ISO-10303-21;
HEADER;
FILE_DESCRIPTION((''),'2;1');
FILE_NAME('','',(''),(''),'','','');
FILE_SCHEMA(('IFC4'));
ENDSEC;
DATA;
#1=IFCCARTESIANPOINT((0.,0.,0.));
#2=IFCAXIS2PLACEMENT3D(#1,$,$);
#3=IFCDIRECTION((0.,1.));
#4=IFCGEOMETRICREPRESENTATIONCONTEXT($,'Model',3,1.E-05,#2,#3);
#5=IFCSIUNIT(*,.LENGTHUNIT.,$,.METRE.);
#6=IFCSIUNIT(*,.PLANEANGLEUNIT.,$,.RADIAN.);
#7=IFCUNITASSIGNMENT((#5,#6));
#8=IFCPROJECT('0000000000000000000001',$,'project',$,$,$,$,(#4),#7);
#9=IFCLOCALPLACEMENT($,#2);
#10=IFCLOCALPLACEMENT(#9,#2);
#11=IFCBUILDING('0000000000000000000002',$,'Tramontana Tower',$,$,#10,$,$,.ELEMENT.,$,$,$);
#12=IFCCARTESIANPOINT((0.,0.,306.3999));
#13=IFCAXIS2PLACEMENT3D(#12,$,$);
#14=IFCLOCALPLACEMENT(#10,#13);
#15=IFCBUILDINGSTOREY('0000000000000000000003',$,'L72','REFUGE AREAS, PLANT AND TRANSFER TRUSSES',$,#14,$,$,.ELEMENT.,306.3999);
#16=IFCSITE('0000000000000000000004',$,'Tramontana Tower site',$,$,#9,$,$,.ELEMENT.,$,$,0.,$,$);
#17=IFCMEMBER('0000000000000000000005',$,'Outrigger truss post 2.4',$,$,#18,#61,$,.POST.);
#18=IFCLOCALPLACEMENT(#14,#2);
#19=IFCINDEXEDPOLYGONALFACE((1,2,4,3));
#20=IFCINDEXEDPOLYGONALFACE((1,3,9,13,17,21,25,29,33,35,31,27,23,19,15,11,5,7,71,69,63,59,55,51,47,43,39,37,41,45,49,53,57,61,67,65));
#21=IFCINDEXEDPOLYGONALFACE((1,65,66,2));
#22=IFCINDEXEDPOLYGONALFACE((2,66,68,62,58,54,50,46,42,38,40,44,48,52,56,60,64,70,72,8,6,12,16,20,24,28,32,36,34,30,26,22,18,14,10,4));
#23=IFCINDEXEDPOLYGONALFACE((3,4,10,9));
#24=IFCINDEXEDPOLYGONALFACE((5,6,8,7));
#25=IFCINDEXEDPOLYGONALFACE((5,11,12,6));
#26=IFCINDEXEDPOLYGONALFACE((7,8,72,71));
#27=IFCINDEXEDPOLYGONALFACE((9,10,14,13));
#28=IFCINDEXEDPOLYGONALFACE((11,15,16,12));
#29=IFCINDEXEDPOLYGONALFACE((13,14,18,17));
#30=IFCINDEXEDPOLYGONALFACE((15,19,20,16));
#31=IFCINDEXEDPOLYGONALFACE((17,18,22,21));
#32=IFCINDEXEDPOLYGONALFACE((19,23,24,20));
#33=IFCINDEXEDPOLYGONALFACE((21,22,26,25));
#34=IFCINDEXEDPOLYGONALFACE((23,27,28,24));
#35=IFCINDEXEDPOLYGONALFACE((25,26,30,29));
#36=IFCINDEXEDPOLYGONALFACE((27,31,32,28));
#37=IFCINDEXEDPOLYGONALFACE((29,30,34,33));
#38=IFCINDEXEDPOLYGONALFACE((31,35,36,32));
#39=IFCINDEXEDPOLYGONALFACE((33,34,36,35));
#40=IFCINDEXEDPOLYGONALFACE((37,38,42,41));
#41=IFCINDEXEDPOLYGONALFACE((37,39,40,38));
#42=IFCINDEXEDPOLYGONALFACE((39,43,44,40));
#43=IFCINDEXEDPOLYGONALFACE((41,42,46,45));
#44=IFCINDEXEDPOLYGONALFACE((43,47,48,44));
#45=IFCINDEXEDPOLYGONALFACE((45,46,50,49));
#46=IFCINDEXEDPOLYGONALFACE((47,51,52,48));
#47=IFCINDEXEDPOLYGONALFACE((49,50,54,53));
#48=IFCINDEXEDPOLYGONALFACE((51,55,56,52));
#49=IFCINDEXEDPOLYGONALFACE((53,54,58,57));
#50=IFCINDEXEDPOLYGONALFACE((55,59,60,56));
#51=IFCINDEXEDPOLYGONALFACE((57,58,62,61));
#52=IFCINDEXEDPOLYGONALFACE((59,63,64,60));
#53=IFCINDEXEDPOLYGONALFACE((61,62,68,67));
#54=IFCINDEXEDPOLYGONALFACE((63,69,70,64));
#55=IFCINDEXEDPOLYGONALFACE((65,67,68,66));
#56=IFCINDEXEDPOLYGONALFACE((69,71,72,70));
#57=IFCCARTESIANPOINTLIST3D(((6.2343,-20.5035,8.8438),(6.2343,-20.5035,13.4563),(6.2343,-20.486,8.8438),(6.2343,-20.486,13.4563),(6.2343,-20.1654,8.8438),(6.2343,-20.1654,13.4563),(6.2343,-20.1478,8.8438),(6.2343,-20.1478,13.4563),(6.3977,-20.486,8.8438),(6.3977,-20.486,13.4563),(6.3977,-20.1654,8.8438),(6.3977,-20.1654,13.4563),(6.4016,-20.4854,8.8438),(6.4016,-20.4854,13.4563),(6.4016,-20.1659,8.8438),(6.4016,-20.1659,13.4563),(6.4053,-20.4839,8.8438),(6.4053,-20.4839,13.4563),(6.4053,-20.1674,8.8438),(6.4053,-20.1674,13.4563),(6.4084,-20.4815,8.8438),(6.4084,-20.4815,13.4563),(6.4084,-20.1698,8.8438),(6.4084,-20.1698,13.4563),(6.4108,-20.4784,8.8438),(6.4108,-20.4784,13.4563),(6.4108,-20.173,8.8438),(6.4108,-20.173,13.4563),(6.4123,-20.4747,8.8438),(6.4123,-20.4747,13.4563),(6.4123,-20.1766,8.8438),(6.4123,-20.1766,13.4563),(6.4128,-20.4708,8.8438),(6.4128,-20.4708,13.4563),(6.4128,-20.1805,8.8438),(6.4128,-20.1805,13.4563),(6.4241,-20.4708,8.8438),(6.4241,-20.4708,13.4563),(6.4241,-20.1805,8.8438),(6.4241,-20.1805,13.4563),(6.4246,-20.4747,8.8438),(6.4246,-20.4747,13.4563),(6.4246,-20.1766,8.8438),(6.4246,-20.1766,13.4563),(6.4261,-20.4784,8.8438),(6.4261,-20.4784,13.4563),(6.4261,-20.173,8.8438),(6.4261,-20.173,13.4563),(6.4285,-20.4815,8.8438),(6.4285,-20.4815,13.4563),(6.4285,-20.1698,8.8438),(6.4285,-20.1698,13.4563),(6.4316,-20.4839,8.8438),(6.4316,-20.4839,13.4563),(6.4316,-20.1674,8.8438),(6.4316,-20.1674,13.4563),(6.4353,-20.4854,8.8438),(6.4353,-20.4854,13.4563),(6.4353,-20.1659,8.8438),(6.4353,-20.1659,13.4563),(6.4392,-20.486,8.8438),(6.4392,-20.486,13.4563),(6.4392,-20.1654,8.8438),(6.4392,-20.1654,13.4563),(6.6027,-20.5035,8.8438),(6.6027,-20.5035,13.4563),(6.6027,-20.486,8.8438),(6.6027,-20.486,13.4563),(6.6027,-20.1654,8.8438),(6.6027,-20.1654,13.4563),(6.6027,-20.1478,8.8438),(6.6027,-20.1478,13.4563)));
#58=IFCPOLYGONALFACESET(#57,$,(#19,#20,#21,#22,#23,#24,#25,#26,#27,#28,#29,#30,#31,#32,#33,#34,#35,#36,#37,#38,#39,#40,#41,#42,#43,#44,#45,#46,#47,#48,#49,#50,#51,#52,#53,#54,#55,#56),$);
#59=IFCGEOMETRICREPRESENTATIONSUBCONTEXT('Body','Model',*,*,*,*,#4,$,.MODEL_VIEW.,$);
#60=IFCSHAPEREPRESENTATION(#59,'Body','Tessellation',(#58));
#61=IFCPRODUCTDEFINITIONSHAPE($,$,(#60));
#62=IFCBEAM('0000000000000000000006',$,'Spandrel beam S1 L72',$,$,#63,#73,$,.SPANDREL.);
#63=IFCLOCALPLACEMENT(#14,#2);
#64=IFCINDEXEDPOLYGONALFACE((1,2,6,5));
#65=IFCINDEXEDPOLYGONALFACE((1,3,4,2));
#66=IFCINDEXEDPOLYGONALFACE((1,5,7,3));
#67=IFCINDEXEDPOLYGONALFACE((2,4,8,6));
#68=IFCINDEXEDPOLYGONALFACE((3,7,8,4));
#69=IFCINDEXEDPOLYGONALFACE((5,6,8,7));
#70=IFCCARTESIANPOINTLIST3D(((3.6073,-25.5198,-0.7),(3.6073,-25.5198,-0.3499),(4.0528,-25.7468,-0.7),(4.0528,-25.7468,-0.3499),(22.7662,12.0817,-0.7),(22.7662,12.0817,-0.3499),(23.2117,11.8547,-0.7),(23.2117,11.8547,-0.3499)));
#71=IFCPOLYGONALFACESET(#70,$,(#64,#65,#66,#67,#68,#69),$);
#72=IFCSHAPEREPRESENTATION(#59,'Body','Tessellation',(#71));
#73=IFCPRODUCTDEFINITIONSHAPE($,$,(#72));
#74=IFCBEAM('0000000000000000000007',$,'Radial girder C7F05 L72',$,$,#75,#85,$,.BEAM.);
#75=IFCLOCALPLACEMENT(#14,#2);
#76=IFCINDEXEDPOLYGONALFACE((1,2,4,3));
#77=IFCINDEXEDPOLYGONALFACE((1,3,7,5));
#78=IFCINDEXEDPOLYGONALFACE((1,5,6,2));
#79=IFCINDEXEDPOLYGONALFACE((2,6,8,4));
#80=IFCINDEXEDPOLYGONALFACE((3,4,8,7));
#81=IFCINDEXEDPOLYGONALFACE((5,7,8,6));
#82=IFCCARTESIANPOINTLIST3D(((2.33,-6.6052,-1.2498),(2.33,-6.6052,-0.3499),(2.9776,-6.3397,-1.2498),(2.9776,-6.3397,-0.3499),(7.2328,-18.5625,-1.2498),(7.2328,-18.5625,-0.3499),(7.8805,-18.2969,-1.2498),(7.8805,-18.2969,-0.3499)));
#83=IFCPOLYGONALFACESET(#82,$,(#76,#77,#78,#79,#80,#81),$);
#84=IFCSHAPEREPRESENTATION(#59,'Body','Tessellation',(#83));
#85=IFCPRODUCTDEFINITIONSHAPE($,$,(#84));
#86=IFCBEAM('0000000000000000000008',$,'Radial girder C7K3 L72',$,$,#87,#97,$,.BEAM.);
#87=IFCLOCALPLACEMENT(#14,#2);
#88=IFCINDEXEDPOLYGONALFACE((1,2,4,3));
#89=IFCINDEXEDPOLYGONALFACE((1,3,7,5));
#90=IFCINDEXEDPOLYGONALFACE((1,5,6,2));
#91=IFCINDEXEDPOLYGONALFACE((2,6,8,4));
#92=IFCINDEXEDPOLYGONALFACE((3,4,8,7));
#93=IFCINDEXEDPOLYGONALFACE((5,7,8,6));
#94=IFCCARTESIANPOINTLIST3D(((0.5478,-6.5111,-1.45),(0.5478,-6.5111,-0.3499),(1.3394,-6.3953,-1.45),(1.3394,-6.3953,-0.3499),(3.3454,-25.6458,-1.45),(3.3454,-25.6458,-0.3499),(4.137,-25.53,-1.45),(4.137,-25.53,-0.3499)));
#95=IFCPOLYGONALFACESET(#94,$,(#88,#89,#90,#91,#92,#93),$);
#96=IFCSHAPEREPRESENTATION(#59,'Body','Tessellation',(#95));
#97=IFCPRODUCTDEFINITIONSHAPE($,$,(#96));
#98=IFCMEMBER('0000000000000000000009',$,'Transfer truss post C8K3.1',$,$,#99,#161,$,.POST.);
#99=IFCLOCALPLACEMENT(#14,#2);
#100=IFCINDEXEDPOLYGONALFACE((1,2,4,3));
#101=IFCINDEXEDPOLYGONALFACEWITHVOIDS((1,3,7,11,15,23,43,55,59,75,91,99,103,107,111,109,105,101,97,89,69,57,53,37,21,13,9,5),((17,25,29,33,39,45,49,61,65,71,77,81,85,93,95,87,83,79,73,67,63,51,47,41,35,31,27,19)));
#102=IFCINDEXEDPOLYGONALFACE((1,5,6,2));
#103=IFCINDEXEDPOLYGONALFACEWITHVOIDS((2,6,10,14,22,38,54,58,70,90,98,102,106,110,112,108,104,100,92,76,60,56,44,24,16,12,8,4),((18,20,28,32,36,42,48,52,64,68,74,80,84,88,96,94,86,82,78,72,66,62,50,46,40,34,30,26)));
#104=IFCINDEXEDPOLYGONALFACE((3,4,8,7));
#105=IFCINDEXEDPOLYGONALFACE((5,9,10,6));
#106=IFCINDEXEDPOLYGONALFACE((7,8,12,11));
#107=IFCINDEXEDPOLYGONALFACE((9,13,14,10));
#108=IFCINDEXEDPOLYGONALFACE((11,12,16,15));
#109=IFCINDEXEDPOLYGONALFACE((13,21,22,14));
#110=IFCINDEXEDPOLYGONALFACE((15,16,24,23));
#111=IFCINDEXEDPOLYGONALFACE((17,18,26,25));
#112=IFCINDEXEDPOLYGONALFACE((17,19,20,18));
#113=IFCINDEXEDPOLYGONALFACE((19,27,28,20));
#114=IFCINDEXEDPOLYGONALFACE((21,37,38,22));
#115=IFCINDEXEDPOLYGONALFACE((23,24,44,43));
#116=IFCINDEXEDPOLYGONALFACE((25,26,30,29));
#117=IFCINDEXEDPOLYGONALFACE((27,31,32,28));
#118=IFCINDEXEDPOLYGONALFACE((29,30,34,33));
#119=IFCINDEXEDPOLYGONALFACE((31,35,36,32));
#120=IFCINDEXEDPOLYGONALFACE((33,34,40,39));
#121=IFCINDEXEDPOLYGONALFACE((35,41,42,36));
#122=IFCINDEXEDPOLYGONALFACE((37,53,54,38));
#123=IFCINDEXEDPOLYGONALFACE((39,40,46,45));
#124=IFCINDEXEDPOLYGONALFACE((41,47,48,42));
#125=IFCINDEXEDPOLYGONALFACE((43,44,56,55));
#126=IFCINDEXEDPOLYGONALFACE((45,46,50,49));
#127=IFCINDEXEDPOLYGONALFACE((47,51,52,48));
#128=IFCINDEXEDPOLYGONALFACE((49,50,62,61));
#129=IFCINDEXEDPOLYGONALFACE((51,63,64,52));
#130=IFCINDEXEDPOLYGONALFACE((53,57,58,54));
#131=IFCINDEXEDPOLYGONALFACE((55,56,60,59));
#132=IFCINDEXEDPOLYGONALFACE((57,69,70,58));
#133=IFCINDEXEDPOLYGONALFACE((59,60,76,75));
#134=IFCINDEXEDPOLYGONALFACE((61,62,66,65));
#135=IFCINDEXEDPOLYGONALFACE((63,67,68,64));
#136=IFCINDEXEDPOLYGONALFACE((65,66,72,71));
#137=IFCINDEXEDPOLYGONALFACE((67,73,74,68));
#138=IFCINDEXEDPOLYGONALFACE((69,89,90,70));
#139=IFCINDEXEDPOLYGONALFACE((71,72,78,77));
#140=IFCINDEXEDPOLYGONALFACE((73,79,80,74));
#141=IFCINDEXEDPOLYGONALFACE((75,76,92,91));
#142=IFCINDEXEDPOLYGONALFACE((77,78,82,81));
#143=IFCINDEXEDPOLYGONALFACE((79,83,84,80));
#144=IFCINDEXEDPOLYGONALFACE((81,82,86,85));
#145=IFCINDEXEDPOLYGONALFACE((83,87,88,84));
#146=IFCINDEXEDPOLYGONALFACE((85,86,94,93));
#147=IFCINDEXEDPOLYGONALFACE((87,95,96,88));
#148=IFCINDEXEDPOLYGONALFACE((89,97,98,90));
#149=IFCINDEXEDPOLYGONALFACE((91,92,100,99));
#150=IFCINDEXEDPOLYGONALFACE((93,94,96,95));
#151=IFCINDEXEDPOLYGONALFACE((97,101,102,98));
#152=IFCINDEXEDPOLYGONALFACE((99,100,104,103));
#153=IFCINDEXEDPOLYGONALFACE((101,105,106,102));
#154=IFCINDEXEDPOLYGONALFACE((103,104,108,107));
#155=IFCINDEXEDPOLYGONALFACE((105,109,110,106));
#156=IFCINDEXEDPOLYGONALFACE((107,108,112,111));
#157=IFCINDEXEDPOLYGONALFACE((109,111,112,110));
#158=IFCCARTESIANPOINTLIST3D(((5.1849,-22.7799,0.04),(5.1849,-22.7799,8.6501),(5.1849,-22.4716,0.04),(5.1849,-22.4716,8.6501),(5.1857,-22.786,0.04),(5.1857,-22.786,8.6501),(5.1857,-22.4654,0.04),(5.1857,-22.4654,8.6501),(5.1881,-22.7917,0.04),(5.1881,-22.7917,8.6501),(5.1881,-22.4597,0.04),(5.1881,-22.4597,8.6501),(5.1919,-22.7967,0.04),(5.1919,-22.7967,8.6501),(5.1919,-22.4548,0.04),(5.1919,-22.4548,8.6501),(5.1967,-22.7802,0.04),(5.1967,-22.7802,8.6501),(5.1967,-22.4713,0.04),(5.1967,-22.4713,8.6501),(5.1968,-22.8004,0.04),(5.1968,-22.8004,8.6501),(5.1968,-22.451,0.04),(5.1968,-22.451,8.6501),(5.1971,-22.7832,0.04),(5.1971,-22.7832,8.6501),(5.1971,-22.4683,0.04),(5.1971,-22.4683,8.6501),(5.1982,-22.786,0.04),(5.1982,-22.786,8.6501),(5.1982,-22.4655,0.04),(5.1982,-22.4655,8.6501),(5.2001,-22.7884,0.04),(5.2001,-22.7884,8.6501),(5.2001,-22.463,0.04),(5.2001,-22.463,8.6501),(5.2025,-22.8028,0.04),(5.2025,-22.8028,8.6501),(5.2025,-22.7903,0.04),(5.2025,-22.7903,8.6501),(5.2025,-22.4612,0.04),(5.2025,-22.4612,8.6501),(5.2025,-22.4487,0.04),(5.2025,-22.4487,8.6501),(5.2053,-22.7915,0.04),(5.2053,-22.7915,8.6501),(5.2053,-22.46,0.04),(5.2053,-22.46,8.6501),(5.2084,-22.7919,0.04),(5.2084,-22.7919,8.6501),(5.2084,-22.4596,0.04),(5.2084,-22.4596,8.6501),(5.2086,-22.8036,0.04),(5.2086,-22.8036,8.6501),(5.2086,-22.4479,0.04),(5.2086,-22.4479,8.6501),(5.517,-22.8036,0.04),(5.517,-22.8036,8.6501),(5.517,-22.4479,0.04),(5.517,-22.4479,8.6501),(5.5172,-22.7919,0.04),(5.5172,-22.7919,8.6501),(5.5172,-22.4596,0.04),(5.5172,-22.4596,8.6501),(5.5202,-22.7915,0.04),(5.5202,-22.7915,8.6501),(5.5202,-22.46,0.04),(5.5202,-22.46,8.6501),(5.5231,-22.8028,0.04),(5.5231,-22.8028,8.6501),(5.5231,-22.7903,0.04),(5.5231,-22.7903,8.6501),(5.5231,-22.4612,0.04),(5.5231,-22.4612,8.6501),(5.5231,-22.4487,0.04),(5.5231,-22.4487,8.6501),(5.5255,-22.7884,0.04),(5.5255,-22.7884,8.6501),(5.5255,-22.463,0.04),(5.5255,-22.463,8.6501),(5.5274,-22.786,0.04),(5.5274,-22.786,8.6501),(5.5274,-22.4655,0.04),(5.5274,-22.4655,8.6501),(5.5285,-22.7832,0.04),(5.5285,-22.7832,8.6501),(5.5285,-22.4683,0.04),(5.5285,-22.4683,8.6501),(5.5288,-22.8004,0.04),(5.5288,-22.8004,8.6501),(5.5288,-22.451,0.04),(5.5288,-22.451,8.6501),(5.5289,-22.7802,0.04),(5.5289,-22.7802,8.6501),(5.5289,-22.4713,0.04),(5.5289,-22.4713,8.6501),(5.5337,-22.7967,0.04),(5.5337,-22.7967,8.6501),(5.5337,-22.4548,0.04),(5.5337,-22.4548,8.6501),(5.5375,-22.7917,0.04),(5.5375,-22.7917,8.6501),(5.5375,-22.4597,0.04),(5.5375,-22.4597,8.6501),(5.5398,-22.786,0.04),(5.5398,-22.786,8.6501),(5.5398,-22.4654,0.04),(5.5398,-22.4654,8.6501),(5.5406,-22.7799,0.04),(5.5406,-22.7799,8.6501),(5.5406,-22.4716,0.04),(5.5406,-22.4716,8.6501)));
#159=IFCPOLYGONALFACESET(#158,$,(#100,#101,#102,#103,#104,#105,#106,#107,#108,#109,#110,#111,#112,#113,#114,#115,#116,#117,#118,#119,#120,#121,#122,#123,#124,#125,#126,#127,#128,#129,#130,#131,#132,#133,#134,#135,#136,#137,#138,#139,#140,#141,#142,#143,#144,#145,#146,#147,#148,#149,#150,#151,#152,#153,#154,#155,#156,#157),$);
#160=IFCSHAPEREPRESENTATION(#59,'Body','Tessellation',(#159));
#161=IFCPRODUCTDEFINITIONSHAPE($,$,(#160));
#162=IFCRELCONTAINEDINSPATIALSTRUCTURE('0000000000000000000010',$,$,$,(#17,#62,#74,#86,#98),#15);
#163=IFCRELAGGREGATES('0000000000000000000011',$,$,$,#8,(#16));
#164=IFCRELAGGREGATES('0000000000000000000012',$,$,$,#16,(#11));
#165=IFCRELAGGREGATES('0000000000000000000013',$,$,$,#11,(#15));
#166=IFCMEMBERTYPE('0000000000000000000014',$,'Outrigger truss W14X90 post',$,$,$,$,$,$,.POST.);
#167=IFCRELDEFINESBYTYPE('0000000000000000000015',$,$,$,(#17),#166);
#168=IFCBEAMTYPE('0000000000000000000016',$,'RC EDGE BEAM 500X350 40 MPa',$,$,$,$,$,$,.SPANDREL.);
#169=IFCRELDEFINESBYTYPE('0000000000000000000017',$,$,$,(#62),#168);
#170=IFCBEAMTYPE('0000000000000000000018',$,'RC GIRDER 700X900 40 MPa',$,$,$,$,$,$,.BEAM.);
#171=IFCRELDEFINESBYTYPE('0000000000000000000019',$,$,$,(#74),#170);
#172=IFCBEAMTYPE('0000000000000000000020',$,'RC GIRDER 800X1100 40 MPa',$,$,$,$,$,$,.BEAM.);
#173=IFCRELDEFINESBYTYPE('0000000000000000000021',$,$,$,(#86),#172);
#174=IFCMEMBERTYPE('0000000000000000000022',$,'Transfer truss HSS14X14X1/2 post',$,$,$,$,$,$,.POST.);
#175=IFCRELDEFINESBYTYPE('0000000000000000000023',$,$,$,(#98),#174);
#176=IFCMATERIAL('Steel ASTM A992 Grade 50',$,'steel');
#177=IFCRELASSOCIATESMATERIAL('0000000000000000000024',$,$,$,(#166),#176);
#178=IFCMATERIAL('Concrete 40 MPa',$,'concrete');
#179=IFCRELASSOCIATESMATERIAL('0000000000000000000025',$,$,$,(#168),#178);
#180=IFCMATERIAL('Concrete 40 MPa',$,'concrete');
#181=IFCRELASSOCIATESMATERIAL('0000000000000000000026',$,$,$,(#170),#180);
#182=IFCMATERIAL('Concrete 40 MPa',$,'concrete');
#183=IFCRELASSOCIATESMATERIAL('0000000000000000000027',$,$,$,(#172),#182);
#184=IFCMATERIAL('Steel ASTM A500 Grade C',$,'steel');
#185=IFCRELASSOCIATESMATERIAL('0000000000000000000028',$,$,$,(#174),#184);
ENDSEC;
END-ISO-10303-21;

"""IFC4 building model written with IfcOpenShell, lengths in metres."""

from ifc_helpers import new_model, si_unit, direction, frame, origin, origin_2d, place, context, subcontext, project, spatial, rectangle, hollow_rectangle, i_section, extrude, material, material_profile, profile_set, type_object, element, save


model = new_model("IFC4")

# Units and contexts
model_context = context("Model", 3, precision=1e-05, world=origin(), true_north=direction((0.0, 1.0)))
body_context = subcontext(model_context, "Body", "Model", "MODEL_VIEW")
ifc_project = project(units=[si_unit("LENGTHUNIT", "METRE"), si_unit("PLANEANGLEUNIT", "RADIAN")], contexts=[model_context])

# Site, building, storey
site_placement = place(None, origin())
site = spatial("IfcSite", under=ifc_project, at=site_placement, Name="Tramontana Tower site", CompositionType="ELEMENT", RefElevation=0.0)
building_placement = place(site_placement, origin())
building = spatial("IfcBuilding", under=site, at=building_placement, Name="Tramontana Tower", CompositionType="ELEMENT")
storey_placement = place(building_placement, frame((0.0, 0.0, 306.3999)))
storey = spatial("IfcBuildingStorey", under=building, at=storey_placement, Name="L72", Description="REFUGE AREAS, PLANT AND TRANSFER TRUSSES", CompositionType="ELEMENT", Elevation=306.3999)

# Member
ifc_material_1 = material(Name="Steel ASTM A992 Grade 50", Category="steel")
ifc_material_profile_1 = material_profile(ifc_material_1, i_section(OverallWidth=0.3684, OverallDepth=0.3557, WebThickness=0.0112, FlangeThickness=0.0176, FilletRadius=0.0151, at=origin_2d()), Name="W14X90")
ifc_profile_set_1 = profile_set([ifc_material_profile_1], Name="Steel ASTM A992 Grade 50")
member_type_1 = type_object("IfcMemberType", Name="Outrigger truss W14X90 post", PredefinedType="POST", material=ifc_profile_set_1)
for number, where, z_axis, x_axis, name in (
    (1, (6.4185, -20.3257, 8.8438), (0.0, 0.0, 1.0), (1.0, 0.0, 0.0), "Outrigger truss post 2.4"),
):
    element("IfcMember", number, at=place(storey_placement, frame(where, z_axis=z_axis, x_axis=x_axis)), inside=storey, type_object=member_type_1, Name=name, PredefinedType="POST", context=body_context, shape_type="SweptSolid", body=[
        extrude(i_section(OverallWidth=0.3684, OverallDepth=0.3557, WebThickness=0.0112, FlangeThickness=0.0176, FilletRadius=0.0151, at=origin_2d()), origin(), (0.0, 0.0, 1.0), 4.6125),
    ])

# Beams
ifc_material_2 = material(Name="Concrete 40 MPa", Category="concrete")
ifc_material_profile_2 = material_profile(ifc_material_2, rectangle(XDim=0.5, YDim=0.3501, at=origin_2d()), Name="RC EDGE BEAM 500X350 40 MPa")
ifc_profile_set_2 = profile_set([ifc_material_profile_2], Name="Concrete 40 MPa")
beam_type_1 = type_object("IfcBeamType", Name="RC EDGE BEAM 500X350 40 MPa", PredefinedType="SPANDREL", material=ifc_profile_set_2)
beam_1_placement = place(storey_placement, frame((3.8301, -25.6333, -0.5249), z_axis=(0.45399, 0.891007, 0.0), x_axis=(-0.891007, 0.45399, 0.0)))
element("IfcBeam", 2, at=beam_1_placement, inside=storey, type_object=beam_type_1, Name="Spandrel beam S1 L72", PredefinedType="SPANDREL", context=body_context, shape_type="SweptSolid", body=[
    extrude(rectangle(XDim=0.5, YDim=0.3501, at=origin_2d()), origin(), (0.0, 0.0, 1.0), 42.2012),
])
ifc_material_3 = material(Name="Concrete 40 MPa", Category="concrete")
ifc_material_profile_3 = material_profile(ifc_material_3, rectangle(XDim=0.7, YDim=0.8999, at=origin_2d()), Name="RC GIRDER 700X900 40 MPa")
ifc_profile_set_3 = profile_set([ifc_material_profile_3], Name="Concrete 40 MPa")
beam_type_2 = type_object("IfcBeamType", Name="RC GIRDER 700X900 40 MPa", PredefinedType="BEAM", material=ifc_profile_set_3)
beam_2_placement = place(storey_placement, frame((7.5566, -18.4297, -0.7998), z_axis=(-0.379376, 0.925242, 0.0), x_axis=(-0.925242, -0.379376, 0.0)))
element("IfcBeam", 3, at=beam_2_placement, inside=storey, type_object=beam_type_2, Name="Radial girder C7F05 L72", PredefinedType="BEAM", context=body_context, shape_type="SweptSolid", body=[
    extrude(rectangle(XDim=0.7, YDim=0.8999, at=origin_2d()), origin(), (0.0, 0.0, 1.0), 12.9233),
])
ifc_material_4 = material(Name="Concrete 40 MPa", Category="concrete")
ifc_material_profile_4 = material_profile(ifc_material_4, rectangle(XDim=0.8, YDim=1.1001, at=origin_2d()), Name="RC GIRDER 800X1100 40 MPa")
ifc_profile_set_4 = profile_set([ifc_material_profile_4], Name="Concrete 40 MPa")
beam_type_3 = type_object("IfcBeamType", Name="RC GIRDER 800X1100 40 MPa", PredefinedType="BEAM", material=ifc_profile_set_4)
beam_3_placement = place(storey_placement, frame((3.7412, -25.5879, -0.8999), z_axis=(-0.144667, 0.98948, 0.0), x_axis=(-0.98948, -0.144667, 0.0)))
element("IfcBeam", 4, at=beam_3_placement, inside=storey, type_object=beam_type_3, Name="Radial girder C7K3 L72", PredefinedType="BEAM", context=body_context, shape_type="SweptSolid", body=[
    extrude(rectangle(XDim=0.8, YDim=1.1001, at=origin_2d()), origin(), (0.0, 0.0, 1.0), 19.3381),
])

# Member
ifc_material_5 = material(Name="Steel ASTM A500 Grade C", Category="steel")
ifc_material_profile_5 = material_profile(ifc_material_5, hollow_rectangle(XDim=0.3557, YDim=0.3557, WallThickness=0.0117, InnerFilletRadius=0.0117, OuterFilletRadius=0.0237, at=origin_2d()), Name="HSS14X14X1/2")
ifc_profile_set_5 = profile_set([ifc_material_profile_5], Name="Steel ASTM A500 Grade C")
member_type_2 = type_object("IfcMemberType", Name="Transfer truss HSS14X14X1/2 post", PredefinedType="POST", material=ifc_profile_set_5)
member_1_placement = place(storey_placement, frame((5.3628, -22.6257, 0.04), z_axis=(0.0, 0.0, 1.0), x_axis=(1.0, 0.0, 0.0)))
element("IfcMember", 5, at=member_1_placement, inside=storey, type_object=member_type_2, Name="Transfer truss post C8K3.1", PredefinedType="POST", context=body_context, shape_type="SweptSolid", body=[
    extrude(hollow_rectangle(XDim=0.3557, YDim=0.3557, WallThickness=0.0117, InnerFilletRadius=0.0117, OuterFilletRadius=0.0237, at=origin_2d()), origin(), (0.0, 0.0, 1.0), 8.6101),
])

save(model, "model.ifc")
